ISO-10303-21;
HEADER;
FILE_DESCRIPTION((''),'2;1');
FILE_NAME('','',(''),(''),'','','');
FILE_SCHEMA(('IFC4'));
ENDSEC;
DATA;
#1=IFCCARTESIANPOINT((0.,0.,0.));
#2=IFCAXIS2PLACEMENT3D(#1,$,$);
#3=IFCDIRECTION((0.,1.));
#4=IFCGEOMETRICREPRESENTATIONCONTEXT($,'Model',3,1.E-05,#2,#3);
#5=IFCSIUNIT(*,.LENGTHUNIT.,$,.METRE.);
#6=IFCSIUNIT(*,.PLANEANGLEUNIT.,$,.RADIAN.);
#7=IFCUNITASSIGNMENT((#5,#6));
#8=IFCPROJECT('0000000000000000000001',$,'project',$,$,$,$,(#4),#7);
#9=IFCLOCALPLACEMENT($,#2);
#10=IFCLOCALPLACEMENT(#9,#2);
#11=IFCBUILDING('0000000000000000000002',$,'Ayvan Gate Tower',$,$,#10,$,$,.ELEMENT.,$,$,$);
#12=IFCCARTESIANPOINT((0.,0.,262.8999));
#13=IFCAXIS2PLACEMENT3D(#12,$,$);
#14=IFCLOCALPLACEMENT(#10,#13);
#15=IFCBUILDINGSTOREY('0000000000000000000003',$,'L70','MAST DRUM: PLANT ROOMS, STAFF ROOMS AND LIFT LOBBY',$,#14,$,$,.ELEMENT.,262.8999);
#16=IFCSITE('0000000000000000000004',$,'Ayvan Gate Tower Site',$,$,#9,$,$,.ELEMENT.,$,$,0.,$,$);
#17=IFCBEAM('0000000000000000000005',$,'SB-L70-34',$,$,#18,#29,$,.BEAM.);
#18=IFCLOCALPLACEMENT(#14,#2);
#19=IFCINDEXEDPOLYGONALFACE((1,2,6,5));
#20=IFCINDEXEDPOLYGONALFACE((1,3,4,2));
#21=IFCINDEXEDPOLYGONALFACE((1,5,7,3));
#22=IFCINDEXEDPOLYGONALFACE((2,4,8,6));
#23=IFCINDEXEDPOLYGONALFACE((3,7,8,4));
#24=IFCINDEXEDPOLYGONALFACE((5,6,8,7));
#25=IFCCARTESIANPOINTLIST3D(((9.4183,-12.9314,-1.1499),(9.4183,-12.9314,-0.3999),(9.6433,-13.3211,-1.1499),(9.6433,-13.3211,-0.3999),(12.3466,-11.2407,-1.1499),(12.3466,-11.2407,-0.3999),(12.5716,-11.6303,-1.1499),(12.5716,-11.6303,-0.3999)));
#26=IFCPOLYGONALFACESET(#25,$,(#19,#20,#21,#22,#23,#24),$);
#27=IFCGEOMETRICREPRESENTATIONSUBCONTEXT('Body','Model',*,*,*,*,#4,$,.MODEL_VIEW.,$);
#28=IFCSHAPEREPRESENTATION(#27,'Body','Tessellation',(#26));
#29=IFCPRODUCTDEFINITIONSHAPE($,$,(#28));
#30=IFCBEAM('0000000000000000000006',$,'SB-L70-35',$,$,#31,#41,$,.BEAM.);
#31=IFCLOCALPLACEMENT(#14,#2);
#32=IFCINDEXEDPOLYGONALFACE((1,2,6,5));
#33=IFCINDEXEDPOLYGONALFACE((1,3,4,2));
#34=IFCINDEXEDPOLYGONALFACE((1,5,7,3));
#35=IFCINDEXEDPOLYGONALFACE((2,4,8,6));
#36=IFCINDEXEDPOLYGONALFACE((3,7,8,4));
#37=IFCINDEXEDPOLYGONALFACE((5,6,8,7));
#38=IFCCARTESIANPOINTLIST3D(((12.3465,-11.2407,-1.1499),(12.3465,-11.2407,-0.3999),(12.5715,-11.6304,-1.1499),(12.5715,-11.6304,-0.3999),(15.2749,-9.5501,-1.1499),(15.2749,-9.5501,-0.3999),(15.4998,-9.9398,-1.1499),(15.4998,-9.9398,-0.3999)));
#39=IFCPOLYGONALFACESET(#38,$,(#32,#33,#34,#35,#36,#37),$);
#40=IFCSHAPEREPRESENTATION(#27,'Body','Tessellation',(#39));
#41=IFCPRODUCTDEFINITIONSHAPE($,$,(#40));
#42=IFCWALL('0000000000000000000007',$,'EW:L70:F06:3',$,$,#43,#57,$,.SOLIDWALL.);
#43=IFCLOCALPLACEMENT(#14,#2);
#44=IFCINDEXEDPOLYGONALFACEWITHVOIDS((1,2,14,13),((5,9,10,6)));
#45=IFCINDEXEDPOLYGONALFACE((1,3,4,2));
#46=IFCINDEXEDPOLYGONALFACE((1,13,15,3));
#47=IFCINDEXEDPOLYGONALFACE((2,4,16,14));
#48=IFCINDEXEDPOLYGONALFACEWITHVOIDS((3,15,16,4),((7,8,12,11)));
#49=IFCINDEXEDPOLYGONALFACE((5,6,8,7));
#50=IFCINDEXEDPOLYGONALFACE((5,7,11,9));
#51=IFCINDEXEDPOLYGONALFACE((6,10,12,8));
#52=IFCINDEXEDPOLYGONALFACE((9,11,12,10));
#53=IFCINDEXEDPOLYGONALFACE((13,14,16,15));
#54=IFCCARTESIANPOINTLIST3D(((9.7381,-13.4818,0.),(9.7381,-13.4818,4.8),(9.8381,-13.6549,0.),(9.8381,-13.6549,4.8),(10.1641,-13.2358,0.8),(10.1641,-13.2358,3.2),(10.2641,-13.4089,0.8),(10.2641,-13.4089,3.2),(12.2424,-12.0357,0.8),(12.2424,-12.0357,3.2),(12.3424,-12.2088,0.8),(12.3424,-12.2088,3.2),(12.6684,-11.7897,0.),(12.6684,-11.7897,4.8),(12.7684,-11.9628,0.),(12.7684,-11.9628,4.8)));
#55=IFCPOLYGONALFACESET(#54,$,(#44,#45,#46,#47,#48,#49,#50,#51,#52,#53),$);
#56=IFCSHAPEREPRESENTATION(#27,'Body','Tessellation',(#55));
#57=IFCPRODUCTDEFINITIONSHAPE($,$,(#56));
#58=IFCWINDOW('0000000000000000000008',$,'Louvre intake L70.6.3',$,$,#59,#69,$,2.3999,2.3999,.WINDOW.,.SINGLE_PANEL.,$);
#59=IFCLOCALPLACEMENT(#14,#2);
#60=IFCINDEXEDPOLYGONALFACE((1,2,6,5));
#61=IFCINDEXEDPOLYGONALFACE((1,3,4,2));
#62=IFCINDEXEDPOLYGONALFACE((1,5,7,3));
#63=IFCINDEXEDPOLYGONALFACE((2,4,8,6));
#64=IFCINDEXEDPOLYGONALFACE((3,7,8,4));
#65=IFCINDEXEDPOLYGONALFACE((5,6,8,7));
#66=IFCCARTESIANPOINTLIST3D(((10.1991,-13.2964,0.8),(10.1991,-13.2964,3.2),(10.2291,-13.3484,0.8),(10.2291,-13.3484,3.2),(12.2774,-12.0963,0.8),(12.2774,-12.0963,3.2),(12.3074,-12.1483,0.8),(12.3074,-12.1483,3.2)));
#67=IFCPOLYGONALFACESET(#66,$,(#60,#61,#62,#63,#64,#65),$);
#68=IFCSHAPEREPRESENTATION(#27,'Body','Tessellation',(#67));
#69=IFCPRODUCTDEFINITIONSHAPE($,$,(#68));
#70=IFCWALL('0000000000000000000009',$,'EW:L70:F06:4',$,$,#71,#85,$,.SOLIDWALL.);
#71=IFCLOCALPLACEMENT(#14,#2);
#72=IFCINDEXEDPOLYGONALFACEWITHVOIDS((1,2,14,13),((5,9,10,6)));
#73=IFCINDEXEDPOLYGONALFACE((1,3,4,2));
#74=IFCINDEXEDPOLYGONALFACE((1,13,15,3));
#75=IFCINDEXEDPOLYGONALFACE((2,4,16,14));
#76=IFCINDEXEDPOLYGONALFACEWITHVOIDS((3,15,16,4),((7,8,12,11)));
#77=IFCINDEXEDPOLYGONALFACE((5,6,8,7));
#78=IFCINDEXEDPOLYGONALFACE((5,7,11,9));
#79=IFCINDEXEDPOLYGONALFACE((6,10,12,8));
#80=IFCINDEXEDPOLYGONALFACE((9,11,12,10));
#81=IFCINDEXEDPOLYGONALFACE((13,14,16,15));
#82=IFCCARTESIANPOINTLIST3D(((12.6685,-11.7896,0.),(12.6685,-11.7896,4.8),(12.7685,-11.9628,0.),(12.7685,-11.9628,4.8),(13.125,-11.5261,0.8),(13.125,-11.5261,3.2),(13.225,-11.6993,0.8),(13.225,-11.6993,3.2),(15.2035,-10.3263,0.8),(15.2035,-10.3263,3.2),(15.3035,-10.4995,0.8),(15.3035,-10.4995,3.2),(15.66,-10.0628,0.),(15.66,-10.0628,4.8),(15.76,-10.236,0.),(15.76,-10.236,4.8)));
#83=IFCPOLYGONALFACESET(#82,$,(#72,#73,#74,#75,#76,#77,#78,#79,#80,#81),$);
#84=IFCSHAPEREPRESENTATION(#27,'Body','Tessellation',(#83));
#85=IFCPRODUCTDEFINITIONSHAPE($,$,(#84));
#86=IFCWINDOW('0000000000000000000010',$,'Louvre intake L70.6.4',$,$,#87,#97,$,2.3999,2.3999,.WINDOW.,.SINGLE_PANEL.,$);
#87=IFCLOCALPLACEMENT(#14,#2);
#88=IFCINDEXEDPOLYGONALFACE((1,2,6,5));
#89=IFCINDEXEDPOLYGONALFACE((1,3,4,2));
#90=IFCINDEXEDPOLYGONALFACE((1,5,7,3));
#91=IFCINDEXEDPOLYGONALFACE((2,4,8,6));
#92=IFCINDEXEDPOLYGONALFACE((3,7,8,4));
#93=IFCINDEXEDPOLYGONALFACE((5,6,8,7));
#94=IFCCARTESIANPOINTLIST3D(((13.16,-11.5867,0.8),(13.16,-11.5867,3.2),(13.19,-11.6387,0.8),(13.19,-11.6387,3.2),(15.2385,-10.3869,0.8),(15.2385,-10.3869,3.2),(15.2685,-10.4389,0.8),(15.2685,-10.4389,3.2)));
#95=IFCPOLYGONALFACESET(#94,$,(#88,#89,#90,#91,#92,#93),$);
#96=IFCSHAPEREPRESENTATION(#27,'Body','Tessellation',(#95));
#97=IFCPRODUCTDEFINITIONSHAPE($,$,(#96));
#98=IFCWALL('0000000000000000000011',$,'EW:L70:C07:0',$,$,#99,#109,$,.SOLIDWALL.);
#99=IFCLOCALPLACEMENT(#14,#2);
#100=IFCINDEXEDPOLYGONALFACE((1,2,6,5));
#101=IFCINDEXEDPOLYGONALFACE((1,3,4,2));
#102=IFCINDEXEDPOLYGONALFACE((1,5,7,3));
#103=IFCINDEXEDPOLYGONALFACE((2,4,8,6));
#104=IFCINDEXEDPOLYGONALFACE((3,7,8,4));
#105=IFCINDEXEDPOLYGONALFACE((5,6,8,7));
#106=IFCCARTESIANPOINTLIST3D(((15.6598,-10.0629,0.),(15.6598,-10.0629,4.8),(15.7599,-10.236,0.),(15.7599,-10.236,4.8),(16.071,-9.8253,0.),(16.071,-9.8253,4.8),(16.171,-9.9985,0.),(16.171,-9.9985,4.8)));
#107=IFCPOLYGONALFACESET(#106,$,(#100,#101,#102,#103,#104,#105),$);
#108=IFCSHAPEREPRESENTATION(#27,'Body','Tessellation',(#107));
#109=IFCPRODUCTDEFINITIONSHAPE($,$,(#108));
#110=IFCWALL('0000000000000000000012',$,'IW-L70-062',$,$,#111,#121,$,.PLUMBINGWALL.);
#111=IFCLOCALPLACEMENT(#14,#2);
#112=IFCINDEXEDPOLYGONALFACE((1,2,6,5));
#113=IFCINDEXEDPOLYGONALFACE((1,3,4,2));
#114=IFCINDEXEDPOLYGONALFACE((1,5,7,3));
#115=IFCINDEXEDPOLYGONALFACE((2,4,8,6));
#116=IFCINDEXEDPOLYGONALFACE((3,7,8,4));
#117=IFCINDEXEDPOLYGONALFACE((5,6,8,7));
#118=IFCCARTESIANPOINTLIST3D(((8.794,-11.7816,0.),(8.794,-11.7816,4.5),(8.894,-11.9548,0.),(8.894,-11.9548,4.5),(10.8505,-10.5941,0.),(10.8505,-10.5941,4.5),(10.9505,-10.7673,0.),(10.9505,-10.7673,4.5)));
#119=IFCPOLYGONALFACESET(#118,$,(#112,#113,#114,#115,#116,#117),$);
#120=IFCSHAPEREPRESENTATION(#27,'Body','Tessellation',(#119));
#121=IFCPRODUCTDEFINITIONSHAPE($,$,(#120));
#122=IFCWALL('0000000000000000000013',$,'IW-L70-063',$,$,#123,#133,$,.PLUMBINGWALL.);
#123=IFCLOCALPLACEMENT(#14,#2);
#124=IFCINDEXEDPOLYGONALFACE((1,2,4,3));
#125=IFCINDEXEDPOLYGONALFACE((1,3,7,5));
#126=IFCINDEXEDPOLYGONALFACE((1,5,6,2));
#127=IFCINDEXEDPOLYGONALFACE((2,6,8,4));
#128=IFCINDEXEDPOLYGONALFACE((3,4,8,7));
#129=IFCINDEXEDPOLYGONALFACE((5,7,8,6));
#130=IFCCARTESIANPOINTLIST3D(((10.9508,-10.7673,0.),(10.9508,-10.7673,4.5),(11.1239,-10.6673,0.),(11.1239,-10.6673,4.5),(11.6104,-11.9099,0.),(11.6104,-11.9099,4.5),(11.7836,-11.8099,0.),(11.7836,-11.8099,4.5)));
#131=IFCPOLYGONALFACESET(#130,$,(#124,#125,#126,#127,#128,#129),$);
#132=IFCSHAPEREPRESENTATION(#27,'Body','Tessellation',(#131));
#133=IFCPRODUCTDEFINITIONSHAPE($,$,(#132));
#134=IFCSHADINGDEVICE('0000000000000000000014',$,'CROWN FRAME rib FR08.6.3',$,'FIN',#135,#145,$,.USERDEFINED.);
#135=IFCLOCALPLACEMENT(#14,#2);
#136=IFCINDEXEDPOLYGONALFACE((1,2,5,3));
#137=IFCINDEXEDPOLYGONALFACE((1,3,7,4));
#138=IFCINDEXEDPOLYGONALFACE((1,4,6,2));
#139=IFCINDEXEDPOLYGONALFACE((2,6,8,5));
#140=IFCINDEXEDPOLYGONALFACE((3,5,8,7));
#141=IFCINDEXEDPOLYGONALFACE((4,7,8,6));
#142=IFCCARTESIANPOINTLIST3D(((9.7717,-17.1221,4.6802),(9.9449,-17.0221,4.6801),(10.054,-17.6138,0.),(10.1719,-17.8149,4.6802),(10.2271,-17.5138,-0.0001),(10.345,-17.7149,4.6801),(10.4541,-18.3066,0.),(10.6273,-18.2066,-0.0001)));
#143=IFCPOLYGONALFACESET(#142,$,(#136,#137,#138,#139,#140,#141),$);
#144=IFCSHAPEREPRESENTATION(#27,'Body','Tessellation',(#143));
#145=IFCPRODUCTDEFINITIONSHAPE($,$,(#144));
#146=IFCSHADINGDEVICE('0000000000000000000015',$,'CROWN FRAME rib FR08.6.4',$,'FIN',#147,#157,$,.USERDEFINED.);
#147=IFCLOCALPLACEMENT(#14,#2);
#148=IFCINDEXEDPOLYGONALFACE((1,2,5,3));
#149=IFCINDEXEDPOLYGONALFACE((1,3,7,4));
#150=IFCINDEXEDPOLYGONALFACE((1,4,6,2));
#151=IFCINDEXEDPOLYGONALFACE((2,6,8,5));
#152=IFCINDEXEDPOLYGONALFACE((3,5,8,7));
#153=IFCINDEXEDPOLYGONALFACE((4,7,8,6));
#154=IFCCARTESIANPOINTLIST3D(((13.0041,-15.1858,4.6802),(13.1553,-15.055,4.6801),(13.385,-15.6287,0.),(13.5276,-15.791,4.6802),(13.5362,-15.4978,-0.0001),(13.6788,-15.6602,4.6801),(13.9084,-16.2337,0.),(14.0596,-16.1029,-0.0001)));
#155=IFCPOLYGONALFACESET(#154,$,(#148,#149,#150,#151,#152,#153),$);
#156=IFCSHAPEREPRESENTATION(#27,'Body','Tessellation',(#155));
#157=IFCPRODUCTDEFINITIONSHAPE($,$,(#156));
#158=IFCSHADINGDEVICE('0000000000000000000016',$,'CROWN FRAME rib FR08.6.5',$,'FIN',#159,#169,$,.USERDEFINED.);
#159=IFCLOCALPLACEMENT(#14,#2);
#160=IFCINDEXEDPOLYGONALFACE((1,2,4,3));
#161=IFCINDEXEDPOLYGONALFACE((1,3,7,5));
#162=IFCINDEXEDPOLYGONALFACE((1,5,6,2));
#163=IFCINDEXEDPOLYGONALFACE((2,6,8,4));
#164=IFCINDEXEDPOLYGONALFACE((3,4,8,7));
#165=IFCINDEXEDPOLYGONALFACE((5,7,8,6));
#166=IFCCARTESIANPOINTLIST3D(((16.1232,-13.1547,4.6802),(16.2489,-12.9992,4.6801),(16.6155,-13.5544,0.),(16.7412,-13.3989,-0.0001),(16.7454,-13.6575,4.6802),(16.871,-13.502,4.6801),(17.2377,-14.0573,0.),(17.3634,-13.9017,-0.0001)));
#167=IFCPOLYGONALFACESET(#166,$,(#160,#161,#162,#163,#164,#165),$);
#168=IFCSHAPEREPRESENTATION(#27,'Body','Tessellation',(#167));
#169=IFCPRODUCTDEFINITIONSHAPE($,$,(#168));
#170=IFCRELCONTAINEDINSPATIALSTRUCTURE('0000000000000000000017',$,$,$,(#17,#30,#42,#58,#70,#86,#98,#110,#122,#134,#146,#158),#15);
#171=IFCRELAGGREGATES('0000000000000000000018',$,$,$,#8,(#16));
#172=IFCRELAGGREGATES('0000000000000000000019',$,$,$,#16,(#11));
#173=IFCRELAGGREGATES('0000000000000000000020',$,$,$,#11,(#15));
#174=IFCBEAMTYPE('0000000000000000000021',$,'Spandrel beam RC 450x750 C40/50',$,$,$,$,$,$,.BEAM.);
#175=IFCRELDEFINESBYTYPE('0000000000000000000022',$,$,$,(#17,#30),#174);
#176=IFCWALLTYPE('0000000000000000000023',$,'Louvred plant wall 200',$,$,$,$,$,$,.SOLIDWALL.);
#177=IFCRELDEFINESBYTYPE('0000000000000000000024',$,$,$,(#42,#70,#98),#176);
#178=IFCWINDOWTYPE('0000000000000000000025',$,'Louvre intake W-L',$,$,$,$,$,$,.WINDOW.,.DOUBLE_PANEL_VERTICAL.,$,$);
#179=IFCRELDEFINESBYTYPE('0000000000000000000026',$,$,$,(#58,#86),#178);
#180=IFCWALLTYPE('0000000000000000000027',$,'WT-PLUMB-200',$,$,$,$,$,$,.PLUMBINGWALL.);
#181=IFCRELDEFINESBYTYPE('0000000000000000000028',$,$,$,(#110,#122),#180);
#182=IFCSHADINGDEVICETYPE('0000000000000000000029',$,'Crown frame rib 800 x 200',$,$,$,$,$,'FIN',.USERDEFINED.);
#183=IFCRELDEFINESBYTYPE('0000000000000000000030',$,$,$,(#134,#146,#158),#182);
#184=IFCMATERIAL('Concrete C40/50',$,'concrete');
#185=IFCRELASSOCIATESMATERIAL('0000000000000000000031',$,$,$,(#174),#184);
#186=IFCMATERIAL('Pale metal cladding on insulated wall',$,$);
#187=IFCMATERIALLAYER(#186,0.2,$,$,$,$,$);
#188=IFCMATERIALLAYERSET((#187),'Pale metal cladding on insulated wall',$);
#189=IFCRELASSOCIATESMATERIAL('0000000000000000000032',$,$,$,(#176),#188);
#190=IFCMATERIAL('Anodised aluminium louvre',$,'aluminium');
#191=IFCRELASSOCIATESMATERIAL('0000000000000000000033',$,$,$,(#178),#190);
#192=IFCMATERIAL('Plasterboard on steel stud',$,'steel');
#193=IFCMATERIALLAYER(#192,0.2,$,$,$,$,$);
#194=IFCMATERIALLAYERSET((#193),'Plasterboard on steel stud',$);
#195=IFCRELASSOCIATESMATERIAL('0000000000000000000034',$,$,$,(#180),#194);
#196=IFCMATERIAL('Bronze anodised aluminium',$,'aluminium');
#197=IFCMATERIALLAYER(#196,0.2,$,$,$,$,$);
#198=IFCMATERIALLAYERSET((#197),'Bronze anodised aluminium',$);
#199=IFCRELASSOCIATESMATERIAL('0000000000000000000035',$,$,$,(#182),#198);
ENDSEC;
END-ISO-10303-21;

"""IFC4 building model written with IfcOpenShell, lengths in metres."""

from ifc_helpers import new_model, si_unit, direction, frame, frame_2d, origin, origin_2d, place, context, subcontext, project, spatial, polyline, rectangle, outline, extrude, material, layer, layer_set, material_profile, profile_set, type_object, element, fill, save


model = new_model("IFC4")

# Units and contexts
model_context = context("Model", 3, precision=1e-05, world=origin(), true_north=direction((0.0, 1.0)))
body_context = subcontext(model_context, "Body", "Model", "MODEL_VIEW")
ifc_project = project(units=[si_unit("LENGTHUNIT", "METRE"), si_unit("PLANEANGLEUNIT", "RADIAN")], contexts=[model_context])

# Site, building, storey
site_placement = place(None, origin())
site = spatial("IfcSite", under=ifc_project, at=site_placement, Name="Ayvan Gate Tower Site", CompositionType="ELEMENT", RefElevation=0.0)
building_placement = place(site_placement, origin())
building = spatial("IfcBuilding", under=site, at=building_placement, Name="Ayvan Gate Tower", CompositionType="ELEMENT")
storey_placement = place(building_placement, frame((0.0, 0.0, 262.8999)))
storey = spatial("IfcBuildingStorey", under=building, at=storey_placement, Name="L70", Description="MAST DRUM: PLANT ROOMS, STAFF ROOMS AND LIFT LOBBY", CompositionType="ELEMENT", Elevation=262.8999)

# Beams
ifc_material_1 = material(Name="Concrete C40/50", Category="concrete")
ifc_material_profile = material_profile(ifc_material_1, rectangle(XDim=0.45, YDim=0.75, at=origin_2d()), Name="RC 450x750")
ifc_profile_set = profile_set([ifc_material_profile], Name="Concrete C40/50")
beam_type = type_object("IfcBeamType", Name="Spandrel beam RC 450x750 C40/50", PredefinedType="BEAM", material=ifc_profile_set)
for number, where, z_axis, x_axis, name in (
    (1, (9.5308, -13.1262, -0.7749), (0.866017, 0.500014, 0.0), (-0.500014, 0.866017, 0.0), "SB-L70-34"),
    (2, (12.459, -11.4355, -0.7749), (0.866035, 0.499983, 0.0), (-0.499983, 0.866035, 0.0), "SB-L70-35"),
):
    element("IfcBeam", number, at=place(storey_placement, frame(where, z_axis=z_axis, x_axis=x_axis)), inside=storey, type_object=beam_type, Name=name, PredefinedType="BEAM", context=body_context, shape_type="SweptSolid", body=[
        extrude(rectangle(XDim=0.45, YDim=0.75, at=origin_2d()), origin(), (0.0, 0.0, 1.0), 3.3813),
    ])

# Walls, openings, windows
ifc_material_2 = material(Name="Pale metal cladding on insulated wall")
ifc_layer_1 = layer(ifc_material_2, 0.2)
ifc_layer_set_1 = layer_set([ifc_layer_1], Name="Pale metal cladding on insulated wall")
wall_type_1 = type_object("IfcWallType", Name="Louvred plant wall 200", PredefinedType="SOLIDWALL", material=ifc_layer_set_1)
wall_1_placement = place(storey_placement, frame((9.7881, -13.5684, 0.0), z_axis=(0.0, 0.0, 1.0), x_axis=(0.865992, 0.500058, 0.0)))
wall_1 = element("IfcWall", 3, at=wall_1_placement, inside=storey, type_object=wall_type_1, Name="EW:L70:F06:3", PredefinedType="SOLIDWALL", context=body_context, shape_type="SweptSolid", body=[
    extrude(rectangle(XDim=3.3838, YDim=0.2, at=frame_2d((1.6919, 0.0))), origin(), (0.0, 0.0, 1.0), 4.8),
])
opening_1_placement = place(wall_1_placement, frame((0.4919, 0.0, 0.8)))
opening_1 = element("IfcOpeningElement", 4, at=opening_1_placement, cuts=wall_1, PredefinedType="OPENING", context=body_context, shape_type="SweptSolid", body=[
    extrude(rectangle(XDim=2.3999, YDim=2.3999, at=frame_2d((1.2, 1.2))), frame((0.0, 0.1099, 0.0), z_axis=(0.0, -1.0, 0.0), x_axis=(1.0, 0.0, 0.0)), (0.0, 0.0, 1.0), 0.22),
])
ifc_material_3 = material(Name="Anodised aluminium louvre", Category="aluminium")
window_type = type_object("IfcWindowType", Name="Louvre intake W-L", PartitioningType="DOUBLE_PANEL_VERTICAL", PredefinedType="WINDOW", material=ifc_material_3)
window_1_placement = place(opening_1_placement, origin())
window_1 = element("IfcWindow", 5, at=window_1_placement, inside=storey, type_object=window_type, Name="Louvre intake L70.6.3", OverallHeight=2.3999, OverallWidth=2.3999, PartitioningType="SINGLE_PANEL", PredefinedType="WINDOW", context=body_context, shape_type="SweptSolid", body=[
    extrude(rectangle(XDim=2.3999, YDim=2.3999, at=frame_2d((1.2, 1.2))), frame((0.0, 0.03, 0.0), z_axis=(0.0, -1.0, 0.0), x_axis=(1.0, 0.0, 0.0)), (0.0, 0.0, 1.0), 0.0601),
])
fill(opening_1, window_1)
wall_2_placement = place(storey_placement, frame((12.7185, -11.8762, 0.0), z_axis=(0.0, 0.0, 1.0), x_axis=(0.866064, 0.499933, 0.0)))
wall_2 = element("IfcWall", 6, at=wall_2_placement, inside=storey, type_object=wall_type_1, Name="EW:L70:F06:4", PredefinedType="SOLIDWALL", context=body_context, shape_type="SweptSolid", body=[
    extrude(rectangle(XDim=3.4541, YDim=0.2, at=frame_2d((1.7271, 0.0))), origin(), (0.0, 0.0, 1.0), 4.8),
])
opening_2_placement = place(wall_2_placement, frame((0.5271, 0.0, 0.8)))
opening_2 = element("IfcOpeningElement", 7, at=opening_2_placement, cuts=wall_2, PredefinedType="OPENING", context=body_context, shape_type="SweptSolid", body=[
    extrude(rectangle(XDim=2.3999, YDim=2.3999, at=frame_2d((1.2, 1.2))), frame((0.0, 0.1099, 0.0), z_axis=(0.0, -1.0, 0.0), x_axis=(1.0, 0.0, 0.0)), (0.0, 0.0, 1.0), 0.22),
])
window_2_placement = place(opening_2_placement, origin())
window_2 = element("IfcWindow", 8, at=window_2_placement, inside=storey, type_object=window_type, Name="Louvre intake L70.6.4", OverallHeight=2.3999, OverallWidth=2.3999, PartitioningType="SINGLE_PANEL", PredefinedType="WINDOW", context=body_context, shape_type="SweptSolid", body=[
    extrude(rectangle(XDim=2.3999, YDim=2.3999, at=frame_2d((1.2, 1.2))), frame((0.0, 0.03, 0.0), z_axis=(0.0, -1.0, 0.0), x_axis=(1.0, 0.0, 0.0)), (0.0, 0.0, 1.0), 0.0601),
])
fill(opening_2, window_2)

# Walls
wall_3_placement = place(storey_placement, frame((15.71, -10.1494, 0.0), z_axis=(0.0, 0.0, 1.0), x_axis=(0.86586, 0.500286, 0.0)))
element("IfcWall", 9, at=wall_3_placement, inside=storey, type_object=wall_type_1, Name="EW:L70:C07:0", PredefinedType="SOLIDWALL", context=body_context, shape_type="SweptSolid", body=[
    extrude(rectangle(XDim=0.4749, YDim=0.2, at=frame_2d((0.2373, 0.0))), origin(), (0.0, 0.0, 1.0), 4.8),
])
ifc_material_4 = material(Name="Plasterboard on steel stud", Category="steel")
ifc_layer_2 = layer(ifc_material_4, 0.2)
ifc_layer_set_2 = layer_set([ifc_layer_2], Name="Plasterboard on steel stud")
wall_type_2 = type_object("IfcWallType", Name="WT-PLUMB-200", PredefinedType="PLUMBINGWALL", material=ifc_layer_set_2)
wall_4_placement = place(storey_placement, frame((10.9006, -10.6807, 0.0), z_axis=(0.0, 0.0, 1.0), x_axis=(-0.866008, -0.500031, 0.0)))
element("IfcWall", 10, at=wall_4_placement, inside=storey, type_object=wall_type_2, Name="IW-L70-062", PredefinedType="PLUMBINGWALL", context=body_context, shape_type="SweptSolid", body=[
    extrude(rectangle(XDim=2.3748, YDim=0.2, at=frame_2d((1.1875, 0.0))), origin(), (0.0, 0.0, 1.0), 4.5),
])
wall_5_placement = place(storey_placement, frame((11.0374, -10.7173, 0.0), z_axis=(0.0, 0.0, 1.0), x_axis=(0.5, -0.866025, 0.0)))
element("IfcWall", 11, at=wall_5_placement, inside=storey, type_object=wall_type_2, Name="IW-L70-063", PredefinedType="PLUMBINGWALL", context=body_context, shape_type="SweptSolid", body=[
    extrude(rectangle(XDim=1.3193, YDim=0.2, at=frame_2d((0.6597, 0.0))), origin(), (0.0, 0.0, 1.0), 4.5),
])

# Shading devices
ifc_material_5 = material(Name="Bronze anodised aluminium", Category="aluminium")
ifc_layer_3 = layer(ifc_material_5, 0.2)
ifc_layer_set_3 = layer_set([ifc_layer_3], Name="Bronze anodised aluminium")
shading_device_type_1 = type_object("IfcShadingDeviceType", Name="Crown frame rib 800 x 200", ElementType="FIN", PredefinedType="USERDEFINED", material=ifc_layer_set_3)
shading_device_1_placement = place(storey_placement, frame((10.054, -17.6138, 0.0), z_axis=(-0.865962, -0.50011, 0.000322), x_axis=(0.50011, -0.865962, 0.0)))
element("IfcShadingDevice", 12, at=shading_device_1_placement, inside=storey, type_object=shading_device_type_1, Name="CROWN FRAME rib FR08.6.3", ObjectType="FIN", PredefinedType="USERDEFINED", context=body_context, shape_type="SweptSolid", body=[
    extrude(outline(polyline([(0.0, 0.0), (0.8001, 0.0), (0.2332, 4.6802), (-0.5669, 4.6802), (0.0, 0.0)])), origin(), (0.0, 0.0, -1.0), 0.2),
])
shading_device_2_placement = place(storey_placement, frame((13.385, -15.6287, 0.0), z_axis=(-0.756298, -0.654227, 0.000345), x_axis=(0.654227, -0.756298, 0.0)))
element("IfcShadingDevice", 13, at=shading_device_2_placement, inside=storey, type_object=shading_device_type_1, Name="CROWN FRAME rib FR08.6.4", ObjectType="FIN", PredefinedType="USERDEFINED", context=body_context, shape_type="SweptSolid", body=[
    extrude(outline(polyline([(0.0, 0.0), (0.8, 0.0), (0.2161, 4.6802), (-0.5841, 4.6802), (0.0, 0.0)])), origin(), (0.0, 0.0, -1.0), 0.2),
])
shading_device_3_placement = place(storey_placement, frame((16.6155, -13.5544, 0.0), z_axis=(-0.62854, -0.777778, 0.000321), x_axis=(0.777778, -0.62854, 0.0)))
element("IfcShadingDevice", 14, at=shading_device_3_placement, inside=storey, type_object=shading_device_type_1, Name="CROWN FRAME rib FR08.6.5", ObjectType="FIN", PredefinedType="USERDEFINED", context=body_context, shape_type="SweptSolid", body=[
    extrude(outline(polyline([(0.0, 0.0), (0.8, 0.0), (0.1658, 4.6802), (-0.6342, 4.6802), (0.0, 0.0)])), origin(), (0.0, 0.0, -1.0), 0.2),
])

save(model, "model.ifc")
